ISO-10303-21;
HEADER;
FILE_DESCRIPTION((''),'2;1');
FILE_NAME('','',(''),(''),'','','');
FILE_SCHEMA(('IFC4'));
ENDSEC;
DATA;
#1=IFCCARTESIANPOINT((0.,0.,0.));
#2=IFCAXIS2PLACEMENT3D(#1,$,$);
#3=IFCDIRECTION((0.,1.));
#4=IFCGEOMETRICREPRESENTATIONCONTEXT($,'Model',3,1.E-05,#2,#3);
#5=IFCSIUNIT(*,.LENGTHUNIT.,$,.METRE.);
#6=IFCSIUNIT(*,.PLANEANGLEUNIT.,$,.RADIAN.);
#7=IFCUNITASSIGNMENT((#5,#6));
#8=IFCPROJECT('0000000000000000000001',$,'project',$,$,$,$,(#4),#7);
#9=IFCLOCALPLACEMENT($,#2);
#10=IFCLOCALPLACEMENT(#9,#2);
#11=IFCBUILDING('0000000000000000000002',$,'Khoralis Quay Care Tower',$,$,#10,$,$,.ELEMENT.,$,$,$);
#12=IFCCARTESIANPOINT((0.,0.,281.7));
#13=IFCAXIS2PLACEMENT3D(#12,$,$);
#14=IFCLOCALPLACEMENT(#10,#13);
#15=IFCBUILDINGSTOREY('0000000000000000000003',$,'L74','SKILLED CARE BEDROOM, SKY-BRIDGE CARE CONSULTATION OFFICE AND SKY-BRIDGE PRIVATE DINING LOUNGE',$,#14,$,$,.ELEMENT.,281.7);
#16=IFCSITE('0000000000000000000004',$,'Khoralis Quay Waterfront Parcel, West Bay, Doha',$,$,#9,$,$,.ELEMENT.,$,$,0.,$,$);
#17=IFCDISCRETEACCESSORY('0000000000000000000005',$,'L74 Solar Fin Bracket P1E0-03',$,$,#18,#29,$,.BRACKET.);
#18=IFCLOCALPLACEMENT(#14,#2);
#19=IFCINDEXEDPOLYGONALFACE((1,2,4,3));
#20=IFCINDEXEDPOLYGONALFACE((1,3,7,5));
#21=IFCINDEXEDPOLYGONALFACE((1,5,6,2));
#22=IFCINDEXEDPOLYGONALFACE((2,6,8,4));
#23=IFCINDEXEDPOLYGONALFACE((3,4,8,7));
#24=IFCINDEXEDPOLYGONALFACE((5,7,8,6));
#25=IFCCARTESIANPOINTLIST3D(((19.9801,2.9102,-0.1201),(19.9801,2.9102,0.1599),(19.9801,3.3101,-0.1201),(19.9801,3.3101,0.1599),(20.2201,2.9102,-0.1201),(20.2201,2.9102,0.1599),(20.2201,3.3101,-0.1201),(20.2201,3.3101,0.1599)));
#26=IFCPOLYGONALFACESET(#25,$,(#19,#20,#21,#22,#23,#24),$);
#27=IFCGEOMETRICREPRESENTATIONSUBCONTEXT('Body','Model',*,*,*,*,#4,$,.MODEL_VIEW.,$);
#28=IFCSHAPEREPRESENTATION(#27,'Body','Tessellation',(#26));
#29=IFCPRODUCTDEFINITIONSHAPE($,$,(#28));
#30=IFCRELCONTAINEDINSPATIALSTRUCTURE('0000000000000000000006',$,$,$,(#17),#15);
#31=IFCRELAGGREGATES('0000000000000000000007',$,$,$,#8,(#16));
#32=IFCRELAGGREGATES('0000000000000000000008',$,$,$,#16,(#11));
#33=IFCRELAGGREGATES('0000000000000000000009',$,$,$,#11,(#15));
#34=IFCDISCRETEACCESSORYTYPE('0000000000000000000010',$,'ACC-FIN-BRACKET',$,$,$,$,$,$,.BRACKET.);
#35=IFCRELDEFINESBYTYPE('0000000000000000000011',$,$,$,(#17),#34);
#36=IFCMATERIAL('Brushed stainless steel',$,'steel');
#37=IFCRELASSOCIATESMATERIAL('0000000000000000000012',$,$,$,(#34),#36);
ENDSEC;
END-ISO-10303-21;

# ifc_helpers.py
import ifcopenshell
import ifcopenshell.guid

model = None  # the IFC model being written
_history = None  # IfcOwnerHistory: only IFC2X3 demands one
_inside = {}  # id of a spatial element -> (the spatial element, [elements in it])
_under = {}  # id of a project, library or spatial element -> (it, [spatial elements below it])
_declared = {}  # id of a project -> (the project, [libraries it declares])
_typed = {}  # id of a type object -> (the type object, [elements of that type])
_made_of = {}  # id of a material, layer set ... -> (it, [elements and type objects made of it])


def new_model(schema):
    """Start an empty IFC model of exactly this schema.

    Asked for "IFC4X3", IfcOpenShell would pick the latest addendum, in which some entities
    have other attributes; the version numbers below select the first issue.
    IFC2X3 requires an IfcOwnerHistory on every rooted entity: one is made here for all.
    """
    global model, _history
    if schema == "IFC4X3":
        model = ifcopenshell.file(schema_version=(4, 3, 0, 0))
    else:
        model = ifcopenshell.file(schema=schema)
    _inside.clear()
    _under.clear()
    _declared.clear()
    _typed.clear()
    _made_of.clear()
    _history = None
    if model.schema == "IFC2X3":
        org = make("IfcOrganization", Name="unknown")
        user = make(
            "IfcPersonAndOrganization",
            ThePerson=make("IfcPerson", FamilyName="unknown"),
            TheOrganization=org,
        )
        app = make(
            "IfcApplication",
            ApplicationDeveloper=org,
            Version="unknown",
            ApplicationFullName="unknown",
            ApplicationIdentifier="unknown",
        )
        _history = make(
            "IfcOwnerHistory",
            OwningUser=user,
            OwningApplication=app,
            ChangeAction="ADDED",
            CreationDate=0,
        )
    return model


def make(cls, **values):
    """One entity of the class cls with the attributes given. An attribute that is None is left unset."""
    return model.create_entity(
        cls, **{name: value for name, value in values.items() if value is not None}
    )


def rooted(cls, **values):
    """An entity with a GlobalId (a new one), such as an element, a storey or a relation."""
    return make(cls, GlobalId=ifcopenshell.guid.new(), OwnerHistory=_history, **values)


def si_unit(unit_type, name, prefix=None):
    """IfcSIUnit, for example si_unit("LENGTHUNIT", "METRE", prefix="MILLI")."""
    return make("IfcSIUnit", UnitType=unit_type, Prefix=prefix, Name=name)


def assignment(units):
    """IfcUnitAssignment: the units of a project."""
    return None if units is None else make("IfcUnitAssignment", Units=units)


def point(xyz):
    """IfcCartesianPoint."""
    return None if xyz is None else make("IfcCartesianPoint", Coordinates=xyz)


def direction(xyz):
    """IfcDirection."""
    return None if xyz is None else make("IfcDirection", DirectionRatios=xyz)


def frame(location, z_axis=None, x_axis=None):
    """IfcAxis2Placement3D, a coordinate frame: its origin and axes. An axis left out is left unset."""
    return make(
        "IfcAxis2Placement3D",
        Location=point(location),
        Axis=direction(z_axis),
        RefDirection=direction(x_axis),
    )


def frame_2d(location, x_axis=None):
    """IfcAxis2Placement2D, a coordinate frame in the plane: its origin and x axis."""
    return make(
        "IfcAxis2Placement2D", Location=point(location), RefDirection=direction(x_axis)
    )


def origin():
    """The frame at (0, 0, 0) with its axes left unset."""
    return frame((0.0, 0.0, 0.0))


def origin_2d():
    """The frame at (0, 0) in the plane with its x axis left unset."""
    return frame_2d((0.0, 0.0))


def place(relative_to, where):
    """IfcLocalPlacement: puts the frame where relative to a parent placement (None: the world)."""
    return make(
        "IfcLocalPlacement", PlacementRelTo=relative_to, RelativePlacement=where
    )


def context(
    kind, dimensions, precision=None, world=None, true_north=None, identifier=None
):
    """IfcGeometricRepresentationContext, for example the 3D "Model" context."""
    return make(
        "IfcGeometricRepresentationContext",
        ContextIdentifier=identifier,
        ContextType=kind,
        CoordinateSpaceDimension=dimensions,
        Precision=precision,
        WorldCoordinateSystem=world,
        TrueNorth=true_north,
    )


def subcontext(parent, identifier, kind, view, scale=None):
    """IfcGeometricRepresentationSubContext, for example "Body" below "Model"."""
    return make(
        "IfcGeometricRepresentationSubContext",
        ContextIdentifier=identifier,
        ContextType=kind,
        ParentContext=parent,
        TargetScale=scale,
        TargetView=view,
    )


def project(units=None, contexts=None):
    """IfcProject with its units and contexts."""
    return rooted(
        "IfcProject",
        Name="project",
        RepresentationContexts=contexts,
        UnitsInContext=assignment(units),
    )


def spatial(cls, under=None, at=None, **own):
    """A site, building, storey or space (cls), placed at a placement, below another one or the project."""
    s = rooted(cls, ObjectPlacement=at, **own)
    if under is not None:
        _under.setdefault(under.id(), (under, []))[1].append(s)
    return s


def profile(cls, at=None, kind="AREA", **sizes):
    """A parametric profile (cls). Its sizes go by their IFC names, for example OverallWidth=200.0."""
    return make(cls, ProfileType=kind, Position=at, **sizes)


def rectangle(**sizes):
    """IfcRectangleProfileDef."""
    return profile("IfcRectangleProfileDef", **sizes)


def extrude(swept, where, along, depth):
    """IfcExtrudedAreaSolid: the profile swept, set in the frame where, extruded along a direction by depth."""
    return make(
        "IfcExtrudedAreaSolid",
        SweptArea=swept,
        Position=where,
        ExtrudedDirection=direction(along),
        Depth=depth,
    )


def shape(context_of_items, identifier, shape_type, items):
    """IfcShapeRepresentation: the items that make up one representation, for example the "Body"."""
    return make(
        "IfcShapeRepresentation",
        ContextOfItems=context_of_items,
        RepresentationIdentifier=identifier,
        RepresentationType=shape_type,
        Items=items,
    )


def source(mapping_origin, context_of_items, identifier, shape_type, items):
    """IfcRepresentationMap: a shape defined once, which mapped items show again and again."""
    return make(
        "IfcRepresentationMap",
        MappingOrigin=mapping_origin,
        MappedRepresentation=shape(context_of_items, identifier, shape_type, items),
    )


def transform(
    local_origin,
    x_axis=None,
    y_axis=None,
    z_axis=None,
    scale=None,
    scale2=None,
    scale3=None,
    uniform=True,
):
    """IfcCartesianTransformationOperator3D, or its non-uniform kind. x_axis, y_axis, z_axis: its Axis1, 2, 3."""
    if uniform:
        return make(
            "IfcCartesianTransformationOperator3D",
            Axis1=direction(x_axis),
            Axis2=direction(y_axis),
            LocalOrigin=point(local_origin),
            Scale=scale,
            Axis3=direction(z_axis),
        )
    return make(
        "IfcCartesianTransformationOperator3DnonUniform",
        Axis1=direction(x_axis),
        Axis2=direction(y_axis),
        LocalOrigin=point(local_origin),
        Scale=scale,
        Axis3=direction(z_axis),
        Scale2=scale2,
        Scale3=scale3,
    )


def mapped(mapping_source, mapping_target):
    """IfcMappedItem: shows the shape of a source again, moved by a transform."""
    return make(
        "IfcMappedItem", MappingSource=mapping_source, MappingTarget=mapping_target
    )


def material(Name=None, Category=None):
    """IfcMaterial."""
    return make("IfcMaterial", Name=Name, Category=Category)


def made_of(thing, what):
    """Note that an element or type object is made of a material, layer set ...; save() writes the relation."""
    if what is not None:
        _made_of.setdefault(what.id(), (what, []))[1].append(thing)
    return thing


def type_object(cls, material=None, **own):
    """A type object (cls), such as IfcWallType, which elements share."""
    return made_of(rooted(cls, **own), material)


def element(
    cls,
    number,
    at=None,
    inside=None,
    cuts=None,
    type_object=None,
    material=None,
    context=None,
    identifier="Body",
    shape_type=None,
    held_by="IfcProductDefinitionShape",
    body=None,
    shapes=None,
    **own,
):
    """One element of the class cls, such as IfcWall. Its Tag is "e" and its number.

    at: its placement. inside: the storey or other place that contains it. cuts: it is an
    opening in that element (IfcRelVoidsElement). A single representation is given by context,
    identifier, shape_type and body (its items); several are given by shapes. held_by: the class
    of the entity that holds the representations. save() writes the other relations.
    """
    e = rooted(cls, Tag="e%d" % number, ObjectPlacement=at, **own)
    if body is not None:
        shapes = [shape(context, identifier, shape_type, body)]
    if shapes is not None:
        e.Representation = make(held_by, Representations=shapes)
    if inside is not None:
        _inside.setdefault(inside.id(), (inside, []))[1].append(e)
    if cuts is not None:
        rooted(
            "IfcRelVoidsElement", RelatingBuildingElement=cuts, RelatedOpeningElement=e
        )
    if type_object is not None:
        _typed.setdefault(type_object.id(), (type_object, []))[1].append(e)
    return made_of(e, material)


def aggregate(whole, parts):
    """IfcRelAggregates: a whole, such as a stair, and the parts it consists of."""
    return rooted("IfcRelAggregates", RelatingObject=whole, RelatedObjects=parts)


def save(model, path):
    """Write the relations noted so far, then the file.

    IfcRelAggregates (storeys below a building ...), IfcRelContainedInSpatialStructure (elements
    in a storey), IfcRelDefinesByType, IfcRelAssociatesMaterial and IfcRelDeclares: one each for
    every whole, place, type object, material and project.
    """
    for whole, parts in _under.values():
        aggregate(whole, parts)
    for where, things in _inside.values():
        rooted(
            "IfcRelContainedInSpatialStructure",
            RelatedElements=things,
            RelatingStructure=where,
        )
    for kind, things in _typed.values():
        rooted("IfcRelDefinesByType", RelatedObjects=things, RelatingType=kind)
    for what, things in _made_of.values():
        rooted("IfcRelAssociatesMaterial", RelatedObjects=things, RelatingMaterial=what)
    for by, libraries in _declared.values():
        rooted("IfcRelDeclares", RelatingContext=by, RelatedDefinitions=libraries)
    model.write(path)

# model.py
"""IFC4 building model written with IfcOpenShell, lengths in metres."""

from ifc_helpers import new_model, si_unit, direction, frame, origin, origin_2d, place, context, subcontext, project, spatial, rectangle, extrude, source, transform, mapped, material, type_object, element, save


model = new_model("IFC4")

# Units and contexts
model_context = context("Model", 3, precision=1e-05, world=origin(), true_north=direction((0.0, 1.0)))
body_context = subcontext(model_context, "Body", "Model", "MODEL_VIEW")
ifc_project = project(units=[si_unit("LENGTHUNIT", "METRE"), si_unit("PLANEANGLEUNIT", "RADIAN")], contexts=[model_context])

# Site, building, storey
site_placement = place(None, origin())
site = spatial("IfcSite", under=ifc_project, at=site_placement, Name="Khoralis Quay Waterfront Parcel, West Bay, Doha", CompositionType="ELEMENT", RefElevation=0.0)
building_placement = place(site_placement, origin())
building = spatial("IfcBuilding", under=site, at=building_placement, Name="Khoralis Quay Care Tower", CompositionType="ELEMENT")
storey_placement = place(building_placement, frame((0.0, 0.0, 281.7)))
storey = spatial("IfcBuildingStorey", under=building, at=storey_placement, Name="L74", Description="SKILLED CARE BEDROOM, SKY-BRIDGE CARE CONSULTATION OFFICE AND SKY-BRIDGE PRIVATE DINING LOUNGE", CompositionType="ELEMENT", Elevation=281.7)

# Discrete accessory
ifc_material_1 = material(Name="Brushed stainless steel", Category="steel")
discrete_accessory_type = type_object("IfcDiscreteAccessoryType", Name="ACC-FIN-BRACKET", PredefinedType="BRACKET", material=ifc_material_1)
shared_shape_1 = source(origin(), body_context, "Body", "SweptSolid", [
    extrude(rectangle(XDim=0.3999, YDim=0.24, at=origin_2d()), origin(), (0.0, 0.0, 1.0), 0.28),
])
for number, where, z_axis, x_axis, name in (
    (1, (20.1001, 3.1101, -0.1201), (0.0, 0.0, 1.0), (0.0, -1.0, 0.0), "L74 Solar Fin Bracket P1E0-03"),
):
    element("IfcDiscreteAccessory", number, at=place(storey_placement, frame(where, z_axis=z_axis, x_axis=x_axis)), inside=storey, type_object=discrete_accessory_type, Name=name, PredefinedType="BRACKET", context=body_context, shape_type="MappedRepresentation", body=[
        mapped(shared_shape_1, transform((0.0, 0.0, 0.0), scale=1.0)),
    ])

save(model, "model.ifc")
